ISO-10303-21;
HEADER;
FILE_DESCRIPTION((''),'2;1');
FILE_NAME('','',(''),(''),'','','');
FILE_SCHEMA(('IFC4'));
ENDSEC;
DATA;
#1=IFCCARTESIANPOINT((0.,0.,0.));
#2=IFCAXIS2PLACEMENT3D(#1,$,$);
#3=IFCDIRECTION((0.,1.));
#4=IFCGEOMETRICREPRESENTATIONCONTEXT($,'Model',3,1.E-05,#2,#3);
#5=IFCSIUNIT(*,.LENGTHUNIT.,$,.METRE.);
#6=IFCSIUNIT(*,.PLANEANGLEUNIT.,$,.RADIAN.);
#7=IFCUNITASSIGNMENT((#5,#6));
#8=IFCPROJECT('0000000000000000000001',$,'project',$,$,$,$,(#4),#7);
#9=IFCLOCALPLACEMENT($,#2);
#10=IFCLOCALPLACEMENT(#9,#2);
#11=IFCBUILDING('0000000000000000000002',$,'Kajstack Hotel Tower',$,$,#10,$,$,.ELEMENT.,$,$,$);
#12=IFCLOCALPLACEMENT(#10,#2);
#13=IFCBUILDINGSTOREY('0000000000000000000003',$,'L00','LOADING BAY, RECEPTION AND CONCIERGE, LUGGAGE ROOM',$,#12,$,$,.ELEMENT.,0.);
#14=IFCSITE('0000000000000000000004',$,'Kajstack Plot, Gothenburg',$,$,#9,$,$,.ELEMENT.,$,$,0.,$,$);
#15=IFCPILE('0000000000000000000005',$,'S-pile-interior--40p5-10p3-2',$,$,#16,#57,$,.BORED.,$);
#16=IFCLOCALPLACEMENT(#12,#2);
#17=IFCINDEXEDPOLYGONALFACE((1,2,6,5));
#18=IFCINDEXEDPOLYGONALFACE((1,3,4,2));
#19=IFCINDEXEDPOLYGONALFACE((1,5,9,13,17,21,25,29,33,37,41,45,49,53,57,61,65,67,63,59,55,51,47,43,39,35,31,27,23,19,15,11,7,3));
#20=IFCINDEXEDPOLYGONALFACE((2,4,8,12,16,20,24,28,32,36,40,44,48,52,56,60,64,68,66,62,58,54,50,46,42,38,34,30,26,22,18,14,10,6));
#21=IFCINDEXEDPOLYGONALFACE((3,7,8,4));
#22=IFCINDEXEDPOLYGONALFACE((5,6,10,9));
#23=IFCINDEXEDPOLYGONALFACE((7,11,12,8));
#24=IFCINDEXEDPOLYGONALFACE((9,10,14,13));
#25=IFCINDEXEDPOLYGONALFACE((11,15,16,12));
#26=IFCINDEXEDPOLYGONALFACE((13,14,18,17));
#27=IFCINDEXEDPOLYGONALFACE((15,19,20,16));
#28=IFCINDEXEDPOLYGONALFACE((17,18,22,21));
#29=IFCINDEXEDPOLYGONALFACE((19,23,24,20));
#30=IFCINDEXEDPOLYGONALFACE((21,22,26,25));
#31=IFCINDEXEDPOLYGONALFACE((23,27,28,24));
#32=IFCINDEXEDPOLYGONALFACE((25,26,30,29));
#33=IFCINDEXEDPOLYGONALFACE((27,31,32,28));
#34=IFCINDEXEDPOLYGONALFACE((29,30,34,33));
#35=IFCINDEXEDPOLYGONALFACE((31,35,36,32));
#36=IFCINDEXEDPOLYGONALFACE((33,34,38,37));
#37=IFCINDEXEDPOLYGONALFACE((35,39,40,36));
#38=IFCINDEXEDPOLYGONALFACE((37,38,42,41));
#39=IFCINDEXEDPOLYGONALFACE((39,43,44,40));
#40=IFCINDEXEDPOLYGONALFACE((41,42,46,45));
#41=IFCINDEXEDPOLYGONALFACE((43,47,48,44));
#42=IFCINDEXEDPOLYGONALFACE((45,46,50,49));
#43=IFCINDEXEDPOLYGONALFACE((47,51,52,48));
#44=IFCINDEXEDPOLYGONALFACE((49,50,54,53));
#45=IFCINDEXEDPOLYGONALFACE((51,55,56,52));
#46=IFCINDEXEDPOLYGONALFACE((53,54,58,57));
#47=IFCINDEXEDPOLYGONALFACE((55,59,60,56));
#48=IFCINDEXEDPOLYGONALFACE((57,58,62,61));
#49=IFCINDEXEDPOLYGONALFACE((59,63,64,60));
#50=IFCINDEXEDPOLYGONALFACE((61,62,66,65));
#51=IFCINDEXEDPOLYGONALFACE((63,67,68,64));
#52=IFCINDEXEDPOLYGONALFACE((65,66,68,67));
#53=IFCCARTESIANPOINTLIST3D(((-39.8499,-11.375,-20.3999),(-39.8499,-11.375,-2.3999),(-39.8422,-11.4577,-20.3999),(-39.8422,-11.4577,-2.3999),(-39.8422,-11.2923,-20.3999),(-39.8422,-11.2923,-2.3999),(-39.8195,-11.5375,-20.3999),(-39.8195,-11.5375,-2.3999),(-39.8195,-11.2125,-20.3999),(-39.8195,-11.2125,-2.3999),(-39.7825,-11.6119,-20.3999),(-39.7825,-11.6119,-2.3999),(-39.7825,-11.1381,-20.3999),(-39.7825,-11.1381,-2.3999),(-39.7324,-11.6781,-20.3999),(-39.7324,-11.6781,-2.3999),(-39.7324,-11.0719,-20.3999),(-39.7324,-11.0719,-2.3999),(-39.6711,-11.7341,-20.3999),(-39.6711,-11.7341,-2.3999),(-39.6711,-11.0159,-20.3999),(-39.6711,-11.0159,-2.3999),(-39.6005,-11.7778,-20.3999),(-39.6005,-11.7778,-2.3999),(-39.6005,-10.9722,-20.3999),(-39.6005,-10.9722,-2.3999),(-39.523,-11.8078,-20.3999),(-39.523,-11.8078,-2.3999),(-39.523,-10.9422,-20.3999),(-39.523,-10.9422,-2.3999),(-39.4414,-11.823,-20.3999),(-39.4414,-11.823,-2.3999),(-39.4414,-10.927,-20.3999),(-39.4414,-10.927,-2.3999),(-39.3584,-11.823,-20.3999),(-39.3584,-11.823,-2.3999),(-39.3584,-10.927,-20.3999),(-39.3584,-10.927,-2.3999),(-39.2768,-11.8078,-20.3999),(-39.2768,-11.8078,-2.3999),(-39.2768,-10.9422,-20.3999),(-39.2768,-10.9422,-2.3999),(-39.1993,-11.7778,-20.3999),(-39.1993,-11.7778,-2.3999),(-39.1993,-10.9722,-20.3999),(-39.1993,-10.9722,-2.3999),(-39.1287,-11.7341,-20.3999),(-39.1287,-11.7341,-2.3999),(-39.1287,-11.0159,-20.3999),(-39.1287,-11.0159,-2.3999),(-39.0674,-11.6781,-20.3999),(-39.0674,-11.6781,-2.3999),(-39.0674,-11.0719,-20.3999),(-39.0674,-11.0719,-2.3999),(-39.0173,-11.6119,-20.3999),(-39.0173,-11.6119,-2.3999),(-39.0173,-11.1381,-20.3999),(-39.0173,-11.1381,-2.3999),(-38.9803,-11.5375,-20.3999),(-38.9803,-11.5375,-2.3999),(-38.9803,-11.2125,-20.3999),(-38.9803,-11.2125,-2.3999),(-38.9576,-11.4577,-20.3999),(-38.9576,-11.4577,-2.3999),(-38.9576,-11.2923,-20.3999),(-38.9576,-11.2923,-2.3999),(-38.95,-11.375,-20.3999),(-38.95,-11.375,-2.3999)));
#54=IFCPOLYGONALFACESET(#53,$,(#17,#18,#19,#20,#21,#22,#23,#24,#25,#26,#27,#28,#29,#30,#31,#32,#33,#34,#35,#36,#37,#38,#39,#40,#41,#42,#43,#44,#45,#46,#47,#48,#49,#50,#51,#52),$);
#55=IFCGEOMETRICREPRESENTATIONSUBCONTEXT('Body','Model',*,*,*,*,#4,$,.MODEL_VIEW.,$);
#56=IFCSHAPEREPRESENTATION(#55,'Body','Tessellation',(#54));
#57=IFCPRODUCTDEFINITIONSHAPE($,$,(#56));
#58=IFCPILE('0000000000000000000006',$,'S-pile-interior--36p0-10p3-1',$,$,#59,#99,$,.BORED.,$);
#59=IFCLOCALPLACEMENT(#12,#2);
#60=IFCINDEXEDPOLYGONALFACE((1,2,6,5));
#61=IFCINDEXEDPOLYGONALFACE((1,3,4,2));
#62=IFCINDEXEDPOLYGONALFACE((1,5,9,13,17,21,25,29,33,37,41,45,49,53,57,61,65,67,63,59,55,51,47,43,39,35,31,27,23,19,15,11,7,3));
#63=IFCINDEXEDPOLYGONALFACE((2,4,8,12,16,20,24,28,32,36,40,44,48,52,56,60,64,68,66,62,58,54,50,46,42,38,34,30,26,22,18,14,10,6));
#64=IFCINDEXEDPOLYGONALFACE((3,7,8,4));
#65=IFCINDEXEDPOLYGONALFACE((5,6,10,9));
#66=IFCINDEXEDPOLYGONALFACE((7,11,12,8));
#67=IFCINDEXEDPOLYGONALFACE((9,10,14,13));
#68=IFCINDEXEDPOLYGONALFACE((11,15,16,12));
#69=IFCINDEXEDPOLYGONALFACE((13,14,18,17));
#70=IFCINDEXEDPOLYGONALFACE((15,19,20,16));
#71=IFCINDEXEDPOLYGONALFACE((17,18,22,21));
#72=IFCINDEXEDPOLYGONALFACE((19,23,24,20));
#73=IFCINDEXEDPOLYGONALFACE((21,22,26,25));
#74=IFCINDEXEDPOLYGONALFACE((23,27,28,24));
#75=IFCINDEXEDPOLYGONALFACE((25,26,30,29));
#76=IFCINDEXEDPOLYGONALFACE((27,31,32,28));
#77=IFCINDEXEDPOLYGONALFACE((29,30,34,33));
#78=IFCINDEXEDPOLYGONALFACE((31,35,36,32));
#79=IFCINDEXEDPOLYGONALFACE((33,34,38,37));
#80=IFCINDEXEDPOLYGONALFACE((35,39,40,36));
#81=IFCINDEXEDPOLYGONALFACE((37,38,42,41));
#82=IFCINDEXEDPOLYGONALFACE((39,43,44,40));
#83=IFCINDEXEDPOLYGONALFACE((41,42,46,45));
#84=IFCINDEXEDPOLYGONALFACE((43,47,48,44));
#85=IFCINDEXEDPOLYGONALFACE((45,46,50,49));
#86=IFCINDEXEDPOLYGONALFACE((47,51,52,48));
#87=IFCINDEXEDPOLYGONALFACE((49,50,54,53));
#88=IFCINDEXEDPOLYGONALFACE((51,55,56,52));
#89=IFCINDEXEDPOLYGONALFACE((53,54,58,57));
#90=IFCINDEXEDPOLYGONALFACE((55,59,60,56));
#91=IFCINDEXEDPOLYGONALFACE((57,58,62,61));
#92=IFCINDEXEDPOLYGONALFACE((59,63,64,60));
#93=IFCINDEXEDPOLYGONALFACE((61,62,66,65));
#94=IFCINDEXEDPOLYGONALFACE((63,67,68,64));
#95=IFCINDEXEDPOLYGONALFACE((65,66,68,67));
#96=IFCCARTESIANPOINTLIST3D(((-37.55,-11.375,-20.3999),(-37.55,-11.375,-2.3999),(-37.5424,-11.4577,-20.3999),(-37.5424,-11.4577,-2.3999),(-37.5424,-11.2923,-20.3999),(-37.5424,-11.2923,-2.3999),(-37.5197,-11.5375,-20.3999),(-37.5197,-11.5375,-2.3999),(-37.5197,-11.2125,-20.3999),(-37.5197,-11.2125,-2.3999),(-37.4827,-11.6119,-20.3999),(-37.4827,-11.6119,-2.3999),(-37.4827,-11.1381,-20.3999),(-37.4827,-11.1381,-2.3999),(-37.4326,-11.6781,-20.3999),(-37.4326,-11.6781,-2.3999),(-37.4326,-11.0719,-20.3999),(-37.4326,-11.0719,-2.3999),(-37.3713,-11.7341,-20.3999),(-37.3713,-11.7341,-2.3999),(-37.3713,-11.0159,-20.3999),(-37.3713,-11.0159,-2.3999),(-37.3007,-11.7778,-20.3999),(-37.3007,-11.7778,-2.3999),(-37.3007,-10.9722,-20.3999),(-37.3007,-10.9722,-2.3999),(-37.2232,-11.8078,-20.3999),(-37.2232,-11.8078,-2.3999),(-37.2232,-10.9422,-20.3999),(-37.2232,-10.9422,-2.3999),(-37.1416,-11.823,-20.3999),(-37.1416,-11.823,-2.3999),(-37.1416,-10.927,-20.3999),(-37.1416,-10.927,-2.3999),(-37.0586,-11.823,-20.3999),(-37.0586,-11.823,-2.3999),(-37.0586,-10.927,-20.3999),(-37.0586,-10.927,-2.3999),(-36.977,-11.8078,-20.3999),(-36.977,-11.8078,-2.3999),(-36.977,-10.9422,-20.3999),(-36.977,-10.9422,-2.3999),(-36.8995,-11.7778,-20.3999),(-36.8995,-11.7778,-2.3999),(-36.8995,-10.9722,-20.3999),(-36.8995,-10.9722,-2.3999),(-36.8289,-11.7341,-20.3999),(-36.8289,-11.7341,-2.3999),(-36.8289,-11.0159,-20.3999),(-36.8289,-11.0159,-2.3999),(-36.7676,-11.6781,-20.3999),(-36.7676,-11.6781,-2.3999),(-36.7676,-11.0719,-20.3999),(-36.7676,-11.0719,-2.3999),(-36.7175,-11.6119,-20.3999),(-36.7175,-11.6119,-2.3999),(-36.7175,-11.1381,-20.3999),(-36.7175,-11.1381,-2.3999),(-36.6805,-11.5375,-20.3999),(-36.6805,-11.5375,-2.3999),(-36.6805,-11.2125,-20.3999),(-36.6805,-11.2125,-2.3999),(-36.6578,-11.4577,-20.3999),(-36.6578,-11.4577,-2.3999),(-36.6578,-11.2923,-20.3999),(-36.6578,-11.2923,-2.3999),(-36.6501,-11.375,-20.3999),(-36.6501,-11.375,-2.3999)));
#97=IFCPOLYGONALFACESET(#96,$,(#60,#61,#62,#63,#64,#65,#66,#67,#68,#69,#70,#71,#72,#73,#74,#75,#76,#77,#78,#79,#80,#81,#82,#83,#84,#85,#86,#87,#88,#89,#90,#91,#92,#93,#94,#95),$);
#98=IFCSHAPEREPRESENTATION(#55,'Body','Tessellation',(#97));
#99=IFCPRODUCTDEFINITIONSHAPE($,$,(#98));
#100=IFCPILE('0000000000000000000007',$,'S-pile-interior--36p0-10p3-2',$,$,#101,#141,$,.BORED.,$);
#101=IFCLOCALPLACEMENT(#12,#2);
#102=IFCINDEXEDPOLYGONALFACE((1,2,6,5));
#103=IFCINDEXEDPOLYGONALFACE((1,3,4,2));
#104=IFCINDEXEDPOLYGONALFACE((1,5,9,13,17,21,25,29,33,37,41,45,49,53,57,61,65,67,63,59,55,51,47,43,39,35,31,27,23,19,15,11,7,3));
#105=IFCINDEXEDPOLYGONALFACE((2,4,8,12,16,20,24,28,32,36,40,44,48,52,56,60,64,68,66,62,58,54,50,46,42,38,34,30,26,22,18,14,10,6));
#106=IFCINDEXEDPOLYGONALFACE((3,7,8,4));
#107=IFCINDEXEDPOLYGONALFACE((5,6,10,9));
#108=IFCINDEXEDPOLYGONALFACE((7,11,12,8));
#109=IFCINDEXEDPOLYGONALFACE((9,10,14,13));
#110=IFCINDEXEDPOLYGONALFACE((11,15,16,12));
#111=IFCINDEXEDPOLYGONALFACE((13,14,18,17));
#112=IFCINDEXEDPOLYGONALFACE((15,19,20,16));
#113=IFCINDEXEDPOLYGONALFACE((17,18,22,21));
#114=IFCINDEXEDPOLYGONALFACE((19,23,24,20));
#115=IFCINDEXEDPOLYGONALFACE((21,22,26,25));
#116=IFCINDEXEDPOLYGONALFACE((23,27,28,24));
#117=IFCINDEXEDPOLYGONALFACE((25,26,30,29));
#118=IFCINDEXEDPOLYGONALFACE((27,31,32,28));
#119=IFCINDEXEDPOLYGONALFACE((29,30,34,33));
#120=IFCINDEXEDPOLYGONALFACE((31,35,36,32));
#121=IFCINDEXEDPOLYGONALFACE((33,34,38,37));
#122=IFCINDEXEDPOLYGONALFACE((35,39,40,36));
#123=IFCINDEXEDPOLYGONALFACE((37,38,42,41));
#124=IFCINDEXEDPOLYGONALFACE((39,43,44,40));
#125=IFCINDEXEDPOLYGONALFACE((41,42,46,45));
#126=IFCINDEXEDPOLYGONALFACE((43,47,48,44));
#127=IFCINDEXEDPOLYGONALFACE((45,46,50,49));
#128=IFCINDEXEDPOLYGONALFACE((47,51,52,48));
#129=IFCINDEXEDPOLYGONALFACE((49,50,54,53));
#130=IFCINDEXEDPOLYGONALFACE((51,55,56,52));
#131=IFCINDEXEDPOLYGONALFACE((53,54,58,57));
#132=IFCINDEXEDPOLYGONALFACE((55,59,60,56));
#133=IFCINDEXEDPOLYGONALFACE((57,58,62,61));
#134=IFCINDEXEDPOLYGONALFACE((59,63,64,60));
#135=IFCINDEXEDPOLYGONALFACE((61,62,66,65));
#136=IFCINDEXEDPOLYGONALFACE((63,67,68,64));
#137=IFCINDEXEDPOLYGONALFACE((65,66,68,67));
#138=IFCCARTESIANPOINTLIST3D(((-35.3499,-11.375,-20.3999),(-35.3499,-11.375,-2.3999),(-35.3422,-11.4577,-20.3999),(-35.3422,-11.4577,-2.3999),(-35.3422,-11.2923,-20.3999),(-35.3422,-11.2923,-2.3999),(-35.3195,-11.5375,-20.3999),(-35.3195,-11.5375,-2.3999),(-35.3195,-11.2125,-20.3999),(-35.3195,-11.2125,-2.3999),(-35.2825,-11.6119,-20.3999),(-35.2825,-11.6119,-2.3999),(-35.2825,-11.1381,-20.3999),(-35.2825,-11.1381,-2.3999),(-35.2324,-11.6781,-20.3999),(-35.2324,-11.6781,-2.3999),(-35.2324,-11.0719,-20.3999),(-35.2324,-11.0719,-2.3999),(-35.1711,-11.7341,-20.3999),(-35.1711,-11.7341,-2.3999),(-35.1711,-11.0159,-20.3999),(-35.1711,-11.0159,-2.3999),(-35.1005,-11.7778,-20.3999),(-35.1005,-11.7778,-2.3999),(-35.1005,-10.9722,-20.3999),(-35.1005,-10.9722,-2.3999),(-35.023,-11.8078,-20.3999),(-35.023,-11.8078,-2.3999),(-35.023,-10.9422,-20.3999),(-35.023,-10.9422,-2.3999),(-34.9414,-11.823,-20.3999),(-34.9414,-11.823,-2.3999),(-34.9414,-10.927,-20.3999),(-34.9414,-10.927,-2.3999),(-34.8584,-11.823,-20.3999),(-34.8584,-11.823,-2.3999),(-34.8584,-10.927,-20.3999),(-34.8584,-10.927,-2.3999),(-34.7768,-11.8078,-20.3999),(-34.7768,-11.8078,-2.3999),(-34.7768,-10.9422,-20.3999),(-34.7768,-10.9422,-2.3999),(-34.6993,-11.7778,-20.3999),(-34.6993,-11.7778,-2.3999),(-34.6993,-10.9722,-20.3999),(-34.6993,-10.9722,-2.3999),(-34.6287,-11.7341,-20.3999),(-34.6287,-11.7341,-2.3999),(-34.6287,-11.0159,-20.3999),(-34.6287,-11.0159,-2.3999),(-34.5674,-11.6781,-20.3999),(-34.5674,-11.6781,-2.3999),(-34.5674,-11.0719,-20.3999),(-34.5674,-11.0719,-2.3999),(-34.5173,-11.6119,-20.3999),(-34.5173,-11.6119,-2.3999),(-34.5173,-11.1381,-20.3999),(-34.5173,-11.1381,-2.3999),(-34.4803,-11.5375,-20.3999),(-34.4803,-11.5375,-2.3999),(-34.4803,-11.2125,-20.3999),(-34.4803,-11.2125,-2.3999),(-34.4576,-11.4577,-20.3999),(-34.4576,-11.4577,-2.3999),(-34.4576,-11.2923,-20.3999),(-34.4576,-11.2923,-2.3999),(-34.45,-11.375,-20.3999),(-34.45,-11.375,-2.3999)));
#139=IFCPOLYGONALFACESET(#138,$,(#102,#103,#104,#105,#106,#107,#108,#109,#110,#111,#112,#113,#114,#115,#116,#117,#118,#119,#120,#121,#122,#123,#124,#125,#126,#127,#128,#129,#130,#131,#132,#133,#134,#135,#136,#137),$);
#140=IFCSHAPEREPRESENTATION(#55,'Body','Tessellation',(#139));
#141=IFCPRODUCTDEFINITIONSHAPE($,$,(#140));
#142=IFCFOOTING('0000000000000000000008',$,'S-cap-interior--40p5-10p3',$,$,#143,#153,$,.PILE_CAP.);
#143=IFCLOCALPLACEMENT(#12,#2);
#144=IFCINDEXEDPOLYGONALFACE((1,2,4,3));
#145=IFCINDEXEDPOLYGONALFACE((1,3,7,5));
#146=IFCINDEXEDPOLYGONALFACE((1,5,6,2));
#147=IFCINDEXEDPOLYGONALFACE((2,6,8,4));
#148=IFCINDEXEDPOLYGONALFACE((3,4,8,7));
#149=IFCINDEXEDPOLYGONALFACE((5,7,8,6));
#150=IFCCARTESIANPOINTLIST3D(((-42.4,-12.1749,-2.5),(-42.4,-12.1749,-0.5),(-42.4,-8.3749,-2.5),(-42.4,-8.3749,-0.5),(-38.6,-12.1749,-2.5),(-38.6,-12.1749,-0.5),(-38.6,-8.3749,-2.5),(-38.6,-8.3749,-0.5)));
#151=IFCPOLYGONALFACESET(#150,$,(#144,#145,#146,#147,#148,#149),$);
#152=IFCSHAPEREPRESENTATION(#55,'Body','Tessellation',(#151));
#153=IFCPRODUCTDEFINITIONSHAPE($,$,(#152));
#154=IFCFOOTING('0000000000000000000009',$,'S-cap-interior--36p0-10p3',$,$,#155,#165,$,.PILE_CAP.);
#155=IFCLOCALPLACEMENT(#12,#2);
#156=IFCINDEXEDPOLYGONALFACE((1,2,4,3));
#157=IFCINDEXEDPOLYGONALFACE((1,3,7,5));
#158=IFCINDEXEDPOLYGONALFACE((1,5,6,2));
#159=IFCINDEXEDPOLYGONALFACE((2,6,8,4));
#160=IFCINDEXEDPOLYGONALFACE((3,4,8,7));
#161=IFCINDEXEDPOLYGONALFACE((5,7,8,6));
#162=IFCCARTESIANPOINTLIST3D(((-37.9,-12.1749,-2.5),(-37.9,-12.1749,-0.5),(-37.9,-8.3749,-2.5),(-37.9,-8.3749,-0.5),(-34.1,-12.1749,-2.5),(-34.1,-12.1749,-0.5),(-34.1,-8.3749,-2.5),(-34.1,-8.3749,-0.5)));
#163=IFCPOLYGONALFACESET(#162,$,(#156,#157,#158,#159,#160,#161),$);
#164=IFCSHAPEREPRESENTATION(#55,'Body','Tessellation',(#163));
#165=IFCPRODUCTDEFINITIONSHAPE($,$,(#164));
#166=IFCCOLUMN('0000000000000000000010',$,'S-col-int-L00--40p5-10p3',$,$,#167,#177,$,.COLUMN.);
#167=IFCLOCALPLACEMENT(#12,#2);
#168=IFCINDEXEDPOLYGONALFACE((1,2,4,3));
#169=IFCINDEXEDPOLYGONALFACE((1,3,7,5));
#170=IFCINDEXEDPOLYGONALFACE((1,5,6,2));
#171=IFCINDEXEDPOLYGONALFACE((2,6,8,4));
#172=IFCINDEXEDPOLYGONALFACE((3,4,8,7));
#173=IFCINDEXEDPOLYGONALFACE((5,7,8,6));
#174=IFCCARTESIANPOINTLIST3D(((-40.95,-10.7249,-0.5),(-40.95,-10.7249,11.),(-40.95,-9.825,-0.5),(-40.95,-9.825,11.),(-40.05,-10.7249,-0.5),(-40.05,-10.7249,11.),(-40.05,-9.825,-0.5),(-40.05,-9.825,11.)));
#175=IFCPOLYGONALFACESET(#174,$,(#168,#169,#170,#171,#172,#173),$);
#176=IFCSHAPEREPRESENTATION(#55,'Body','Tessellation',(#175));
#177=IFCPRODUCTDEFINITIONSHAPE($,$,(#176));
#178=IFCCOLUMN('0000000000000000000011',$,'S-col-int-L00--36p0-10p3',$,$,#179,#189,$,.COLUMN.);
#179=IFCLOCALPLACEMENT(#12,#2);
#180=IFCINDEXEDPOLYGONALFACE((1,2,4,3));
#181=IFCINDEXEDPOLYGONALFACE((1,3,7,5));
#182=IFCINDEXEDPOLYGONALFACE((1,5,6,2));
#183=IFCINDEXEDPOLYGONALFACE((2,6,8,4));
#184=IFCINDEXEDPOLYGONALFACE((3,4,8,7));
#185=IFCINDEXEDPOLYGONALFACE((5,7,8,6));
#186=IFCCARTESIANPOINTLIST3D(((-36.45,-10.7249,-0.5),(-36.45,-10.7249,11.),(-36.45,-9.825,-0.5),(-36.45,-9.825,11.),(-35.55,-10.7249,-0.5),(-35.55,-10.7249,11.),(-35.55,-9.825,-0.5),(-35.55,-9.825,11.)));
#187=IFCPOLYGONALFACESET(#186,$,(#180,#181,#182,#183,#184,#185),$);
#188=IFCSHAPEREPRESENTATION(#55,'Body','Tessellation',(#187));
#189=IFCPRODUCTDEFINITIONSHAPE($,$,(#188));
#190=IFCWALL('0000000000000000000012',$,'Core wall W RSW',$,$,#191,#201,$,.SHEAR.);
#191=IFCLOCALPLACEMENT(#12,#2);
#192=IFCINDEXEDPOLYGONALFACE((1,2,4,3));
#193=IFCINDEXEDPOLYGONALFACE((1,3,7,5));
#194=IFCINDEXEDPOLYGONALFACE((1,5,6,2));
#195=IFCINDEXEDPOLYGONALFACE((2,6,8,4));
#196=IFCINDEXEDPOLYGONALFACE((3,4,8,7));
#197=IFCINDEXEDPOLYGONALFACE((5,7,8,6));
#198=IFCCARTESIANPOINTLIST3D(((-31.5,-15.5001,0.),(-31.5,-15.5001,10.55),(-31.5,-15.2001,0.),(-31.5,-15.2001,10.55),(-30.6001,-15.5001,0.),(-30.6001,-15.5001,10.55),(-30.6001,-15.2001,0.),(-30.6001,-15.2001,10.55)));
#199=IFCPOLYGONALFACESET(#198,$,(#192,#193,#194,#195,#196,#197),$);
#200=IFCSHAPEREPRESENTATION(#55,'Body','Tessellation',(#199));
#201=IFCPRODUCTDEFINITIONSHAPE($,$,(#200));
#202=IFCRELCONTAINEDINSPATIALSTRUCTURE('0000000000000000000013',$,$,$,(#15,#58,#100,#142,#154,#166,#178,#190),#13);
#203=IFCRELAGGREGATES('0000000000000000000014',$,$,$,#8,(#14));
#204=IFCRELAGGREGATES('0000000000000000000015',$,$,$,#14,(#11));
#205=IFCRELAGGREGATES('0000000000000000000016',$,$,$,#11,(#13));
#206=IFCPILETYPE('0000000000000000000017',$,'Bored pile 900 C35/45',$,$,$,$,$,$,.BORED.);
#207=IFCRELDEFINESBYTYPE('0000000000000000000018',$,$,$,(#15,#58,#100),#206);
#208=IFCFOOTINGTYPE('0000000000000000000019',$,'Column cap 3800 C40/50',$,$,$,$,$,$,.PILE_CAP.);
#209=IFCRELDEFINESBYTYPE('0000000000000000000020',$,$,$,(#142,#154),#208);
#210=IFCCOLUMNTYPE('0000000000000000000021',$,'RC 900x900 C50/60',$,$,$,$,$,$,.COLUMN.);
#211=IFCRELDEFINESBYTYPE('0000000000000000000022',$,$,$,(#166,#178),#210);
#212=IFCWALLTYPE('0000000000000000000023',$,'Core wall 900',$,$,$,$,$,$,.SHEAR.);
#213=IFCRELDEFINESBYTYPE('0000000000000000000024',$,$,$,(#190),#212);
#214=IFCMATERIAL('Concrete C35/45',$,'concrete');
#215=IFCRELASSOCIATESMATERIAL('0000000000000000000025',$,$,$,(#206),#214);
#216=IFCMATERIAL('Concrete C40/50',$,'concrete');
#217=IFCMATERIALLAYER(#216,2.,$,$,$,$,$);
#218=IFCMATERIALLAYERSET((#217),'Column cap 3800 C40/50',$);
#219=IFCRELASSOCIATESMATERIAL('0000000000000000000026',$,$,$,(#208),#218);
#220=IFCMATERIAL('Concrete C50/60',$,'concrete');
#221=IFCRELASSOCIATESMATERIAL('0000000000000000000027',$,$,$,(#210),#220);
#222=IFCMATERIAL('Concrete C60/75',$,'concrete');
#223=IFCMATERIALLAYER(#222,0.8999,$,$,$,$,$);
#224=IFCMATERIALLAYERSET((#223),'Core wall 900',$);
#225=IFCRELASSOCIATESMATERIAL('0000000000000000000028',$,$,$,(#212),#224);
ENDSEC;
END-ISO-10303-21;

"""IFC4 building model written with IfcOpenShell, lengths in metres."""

from ifc_helpers import new_model, si_unit, direction, frame, frame_2d, origin, origin_2d, place, context, subcontext, project, spatial, rectangle, circle, extrude, material, layer, layer_set, material_profile, profile_set, type_object, element, save


model = new_model("IFC4")

# Units and contexts
model_context = context("Model", 3, precision=1e-05, world=origin(), true_north=direction((0.0, 1.0)))
body_context = subcontext(model_context, "Body", "Model", "MODEL_VIEW")
ifc_project = project(units=[si_unit("LENGTHUNIT", "METRE"), si_unit("PLANEANGLEUNIT", "RADIAN")], contexts=[model_context])

# Site, building, storey
site_placement = place(None, origin())
site = spatial("IfcSite", under=ifc_project, at=site_placement, Name="Kajstack Plot, Gothenburg", CompositionType="ELEMENT", RefElevation=0.0)
building_placement = place(site_placement, origin())
building = spatial("IfcBuilding", under=site, at=building_placement, Name="Kajstack Hotel Tower", CompositionType="ELEMENT")
storey_placement = place(building_placement, origin())
storey = spatial("IfcBuildingStorey", under=building, at=storey_placement, Name="L00", Description="LOADING BAY, RECEPTION AND CONCIERGE, LUGGAGE ROOM", CompositionType="ELEMENT", Elevation=0.0)

# Piles
ifc_material_1 = material(Name="Concrete C35/45", Category="concrete")
ifc_material_profile_1 = material_profile(ifc_material_1, circle(Radius=0.45, at=origin_2d()), Name="RC round 900")
ifc_profile_set_1 = profile_set([ifc_material_profile_1], Name="Concrete C35/45")
pile_type_1 = type_object("IfcPileType", Name="Bored pile 900 C35/45", PredefinedType="BORED", material=ifc_profile_set_1)
for number, where, z_axis, x_axis, name in (
    (1, (-39.3999, -11.375, -2.3999), (0.0, 0.0, -1.0), (1.0, 0.0, 0.0), "S-pile-interior--40p5-10p3-2"),
    (2, (-37.1001, -11.375, -2.3999), (0.0, 0.0, -1.0), (1.0, 0.0, 0.0), "S-pile-interior--36p0-10p3-1"),
    (3, (-34.8999, -11.375, -2.3999), (0.0, 0.0, -1.0), (1.0, 0.0, 0.0), "S-pile-interior--36p0-10p3-2"),
):
    element("IfcPile", number, at=place(storey_placement, frame(where, z_axis=z_axis, x_axis=x_axis)), inside=storey, type_object=pile_type_1, Name=name, PredefinedType="BORED", context=body_context, shape_type="SweptSolid", body=[
        extrude(circle(Radius=0.45, at=origin_2d()), origin(), (0.0, 0.0, 1.0), 18.0),
    ])

# Footings
ifc_material_2 = material(Name="Concrete C40/50", Category="concrete")
ifc_layer_1 = layer(ifc_material_2, 2.0)
ifc_layer_set_1 = layer_set([ifc_layer_1], Name="Column cap 3800 C40/50")
footing_type = type_object("IfcFootingType", Name="Column cap 3800 C40/50", PredefinedType="PILE_CAP", material=ifc_layer_set_1)
for number, where, z_axis, x_axis, name in (
    (4, (-40.5, -10.2749, -2.5), (0.0, 0.0, 1.0), (1.0, 0.0, 0.0), "S-cap-interior--40p5-10p3"),
    (5, (-36.0, -10.2749, -2.5), (0.0, 0.0, 1.0), (1.0, 0.0, 0.0), "S-cap-interior--36p0-10p3"),
):
    element("IfcFooting", number, at=place(storey_placement, frame(where, z_axis=z_axis, x_axis=x_axis)), inside=storey, type_object=footing_type, Name=name, PredefinedType="PILE_CAP", context=body_context, shape_type="SweptSolid", body=[
        extrude(rectangle(XDim=3.8, YDim=3.8, at=origin_2d()), origin(), (0.0, 0.0, 1.0), 2.0),
    ])

# Columns
ifc_material_3 = material(Name="Concrete C50/60", Category="concrete")
ifc_material_profile_2 = material_profile(ifc_material_3, rectangle(XDim=0.8999, YDim=0.8999, at=origin_2d()), Name="RC 900x900")
ifc_profile_set_2 = profile_set([ifc_material_profile_2], Name="Concrete C50/60")
column_type = type_object("IfcColumnType", Name="RC 900x900 C50/60", PredefinedType="COLUMN", material=ifc_profile_set_2)
for number, where, z_axis, x_axis, name in (
    (6, (-40.5, -10.2749, -0.5), (0.0, 0.0, 1.0), (1.0, 0.0, 0.0), "S-col-int-L00--40p5-10p3"),
    (7, (-36.0, -10.2749, -0.5), (0.0, 0.0, 1.0), (1.0, 0.0, 0.0), "S-col-int-L00--36p0-10p3"),
):
    element("IfcColumn", number, at=place(storey_placement, frame(where, z_axis=z_axis, x_axis=x_axis)), inside=storey, type_object=column_type, Name=name, PredefinedType="COLUMN", context=body_context, shape_type="SweptSolid", body=[
        extrude(rectangle(XDim=0.8999, YDim=0.8999, at=origin_2d()), origin(), (0.0, 0.0, 1.0), 11.5),
    ])

# Wall
ifc_material_4 = material(Name="Concrete C60/75", Category="concrete")
ifc_layer_2 = layer(ifc_material_4, 0.8999)
ifc_layer_set_2 = layer_set([ifc_layer_2], Name="Core wall 900")
wall_type_1 = type_object("IfcWallType", Name="Core wall 900", PredefinedType="SHEAR", material=ifc_layer_set_2)
wall_1_placement = place(storey_placement, frame((-31.5, -15.3501, 0.0), z_axis=(0.0, 0.0, 1.0), x_axis=(1.0, 0.0, 0.0)))
element("IfcWall", 8, at=wall_1_placement, inside=storey, type_object=wall_type_1, Name="Core wall W RSW", PredefinedType="SHEAR", context=body_context, shape_type="SweptSolid", body=[
    extrude(rectangle(XDim=0.8999, YDim=0.3, at=frame_2d((0.45, 0.0))), origin(), (0.0, 0.0, 1.0), 10.55),
])

save(model, "model.ifc")
